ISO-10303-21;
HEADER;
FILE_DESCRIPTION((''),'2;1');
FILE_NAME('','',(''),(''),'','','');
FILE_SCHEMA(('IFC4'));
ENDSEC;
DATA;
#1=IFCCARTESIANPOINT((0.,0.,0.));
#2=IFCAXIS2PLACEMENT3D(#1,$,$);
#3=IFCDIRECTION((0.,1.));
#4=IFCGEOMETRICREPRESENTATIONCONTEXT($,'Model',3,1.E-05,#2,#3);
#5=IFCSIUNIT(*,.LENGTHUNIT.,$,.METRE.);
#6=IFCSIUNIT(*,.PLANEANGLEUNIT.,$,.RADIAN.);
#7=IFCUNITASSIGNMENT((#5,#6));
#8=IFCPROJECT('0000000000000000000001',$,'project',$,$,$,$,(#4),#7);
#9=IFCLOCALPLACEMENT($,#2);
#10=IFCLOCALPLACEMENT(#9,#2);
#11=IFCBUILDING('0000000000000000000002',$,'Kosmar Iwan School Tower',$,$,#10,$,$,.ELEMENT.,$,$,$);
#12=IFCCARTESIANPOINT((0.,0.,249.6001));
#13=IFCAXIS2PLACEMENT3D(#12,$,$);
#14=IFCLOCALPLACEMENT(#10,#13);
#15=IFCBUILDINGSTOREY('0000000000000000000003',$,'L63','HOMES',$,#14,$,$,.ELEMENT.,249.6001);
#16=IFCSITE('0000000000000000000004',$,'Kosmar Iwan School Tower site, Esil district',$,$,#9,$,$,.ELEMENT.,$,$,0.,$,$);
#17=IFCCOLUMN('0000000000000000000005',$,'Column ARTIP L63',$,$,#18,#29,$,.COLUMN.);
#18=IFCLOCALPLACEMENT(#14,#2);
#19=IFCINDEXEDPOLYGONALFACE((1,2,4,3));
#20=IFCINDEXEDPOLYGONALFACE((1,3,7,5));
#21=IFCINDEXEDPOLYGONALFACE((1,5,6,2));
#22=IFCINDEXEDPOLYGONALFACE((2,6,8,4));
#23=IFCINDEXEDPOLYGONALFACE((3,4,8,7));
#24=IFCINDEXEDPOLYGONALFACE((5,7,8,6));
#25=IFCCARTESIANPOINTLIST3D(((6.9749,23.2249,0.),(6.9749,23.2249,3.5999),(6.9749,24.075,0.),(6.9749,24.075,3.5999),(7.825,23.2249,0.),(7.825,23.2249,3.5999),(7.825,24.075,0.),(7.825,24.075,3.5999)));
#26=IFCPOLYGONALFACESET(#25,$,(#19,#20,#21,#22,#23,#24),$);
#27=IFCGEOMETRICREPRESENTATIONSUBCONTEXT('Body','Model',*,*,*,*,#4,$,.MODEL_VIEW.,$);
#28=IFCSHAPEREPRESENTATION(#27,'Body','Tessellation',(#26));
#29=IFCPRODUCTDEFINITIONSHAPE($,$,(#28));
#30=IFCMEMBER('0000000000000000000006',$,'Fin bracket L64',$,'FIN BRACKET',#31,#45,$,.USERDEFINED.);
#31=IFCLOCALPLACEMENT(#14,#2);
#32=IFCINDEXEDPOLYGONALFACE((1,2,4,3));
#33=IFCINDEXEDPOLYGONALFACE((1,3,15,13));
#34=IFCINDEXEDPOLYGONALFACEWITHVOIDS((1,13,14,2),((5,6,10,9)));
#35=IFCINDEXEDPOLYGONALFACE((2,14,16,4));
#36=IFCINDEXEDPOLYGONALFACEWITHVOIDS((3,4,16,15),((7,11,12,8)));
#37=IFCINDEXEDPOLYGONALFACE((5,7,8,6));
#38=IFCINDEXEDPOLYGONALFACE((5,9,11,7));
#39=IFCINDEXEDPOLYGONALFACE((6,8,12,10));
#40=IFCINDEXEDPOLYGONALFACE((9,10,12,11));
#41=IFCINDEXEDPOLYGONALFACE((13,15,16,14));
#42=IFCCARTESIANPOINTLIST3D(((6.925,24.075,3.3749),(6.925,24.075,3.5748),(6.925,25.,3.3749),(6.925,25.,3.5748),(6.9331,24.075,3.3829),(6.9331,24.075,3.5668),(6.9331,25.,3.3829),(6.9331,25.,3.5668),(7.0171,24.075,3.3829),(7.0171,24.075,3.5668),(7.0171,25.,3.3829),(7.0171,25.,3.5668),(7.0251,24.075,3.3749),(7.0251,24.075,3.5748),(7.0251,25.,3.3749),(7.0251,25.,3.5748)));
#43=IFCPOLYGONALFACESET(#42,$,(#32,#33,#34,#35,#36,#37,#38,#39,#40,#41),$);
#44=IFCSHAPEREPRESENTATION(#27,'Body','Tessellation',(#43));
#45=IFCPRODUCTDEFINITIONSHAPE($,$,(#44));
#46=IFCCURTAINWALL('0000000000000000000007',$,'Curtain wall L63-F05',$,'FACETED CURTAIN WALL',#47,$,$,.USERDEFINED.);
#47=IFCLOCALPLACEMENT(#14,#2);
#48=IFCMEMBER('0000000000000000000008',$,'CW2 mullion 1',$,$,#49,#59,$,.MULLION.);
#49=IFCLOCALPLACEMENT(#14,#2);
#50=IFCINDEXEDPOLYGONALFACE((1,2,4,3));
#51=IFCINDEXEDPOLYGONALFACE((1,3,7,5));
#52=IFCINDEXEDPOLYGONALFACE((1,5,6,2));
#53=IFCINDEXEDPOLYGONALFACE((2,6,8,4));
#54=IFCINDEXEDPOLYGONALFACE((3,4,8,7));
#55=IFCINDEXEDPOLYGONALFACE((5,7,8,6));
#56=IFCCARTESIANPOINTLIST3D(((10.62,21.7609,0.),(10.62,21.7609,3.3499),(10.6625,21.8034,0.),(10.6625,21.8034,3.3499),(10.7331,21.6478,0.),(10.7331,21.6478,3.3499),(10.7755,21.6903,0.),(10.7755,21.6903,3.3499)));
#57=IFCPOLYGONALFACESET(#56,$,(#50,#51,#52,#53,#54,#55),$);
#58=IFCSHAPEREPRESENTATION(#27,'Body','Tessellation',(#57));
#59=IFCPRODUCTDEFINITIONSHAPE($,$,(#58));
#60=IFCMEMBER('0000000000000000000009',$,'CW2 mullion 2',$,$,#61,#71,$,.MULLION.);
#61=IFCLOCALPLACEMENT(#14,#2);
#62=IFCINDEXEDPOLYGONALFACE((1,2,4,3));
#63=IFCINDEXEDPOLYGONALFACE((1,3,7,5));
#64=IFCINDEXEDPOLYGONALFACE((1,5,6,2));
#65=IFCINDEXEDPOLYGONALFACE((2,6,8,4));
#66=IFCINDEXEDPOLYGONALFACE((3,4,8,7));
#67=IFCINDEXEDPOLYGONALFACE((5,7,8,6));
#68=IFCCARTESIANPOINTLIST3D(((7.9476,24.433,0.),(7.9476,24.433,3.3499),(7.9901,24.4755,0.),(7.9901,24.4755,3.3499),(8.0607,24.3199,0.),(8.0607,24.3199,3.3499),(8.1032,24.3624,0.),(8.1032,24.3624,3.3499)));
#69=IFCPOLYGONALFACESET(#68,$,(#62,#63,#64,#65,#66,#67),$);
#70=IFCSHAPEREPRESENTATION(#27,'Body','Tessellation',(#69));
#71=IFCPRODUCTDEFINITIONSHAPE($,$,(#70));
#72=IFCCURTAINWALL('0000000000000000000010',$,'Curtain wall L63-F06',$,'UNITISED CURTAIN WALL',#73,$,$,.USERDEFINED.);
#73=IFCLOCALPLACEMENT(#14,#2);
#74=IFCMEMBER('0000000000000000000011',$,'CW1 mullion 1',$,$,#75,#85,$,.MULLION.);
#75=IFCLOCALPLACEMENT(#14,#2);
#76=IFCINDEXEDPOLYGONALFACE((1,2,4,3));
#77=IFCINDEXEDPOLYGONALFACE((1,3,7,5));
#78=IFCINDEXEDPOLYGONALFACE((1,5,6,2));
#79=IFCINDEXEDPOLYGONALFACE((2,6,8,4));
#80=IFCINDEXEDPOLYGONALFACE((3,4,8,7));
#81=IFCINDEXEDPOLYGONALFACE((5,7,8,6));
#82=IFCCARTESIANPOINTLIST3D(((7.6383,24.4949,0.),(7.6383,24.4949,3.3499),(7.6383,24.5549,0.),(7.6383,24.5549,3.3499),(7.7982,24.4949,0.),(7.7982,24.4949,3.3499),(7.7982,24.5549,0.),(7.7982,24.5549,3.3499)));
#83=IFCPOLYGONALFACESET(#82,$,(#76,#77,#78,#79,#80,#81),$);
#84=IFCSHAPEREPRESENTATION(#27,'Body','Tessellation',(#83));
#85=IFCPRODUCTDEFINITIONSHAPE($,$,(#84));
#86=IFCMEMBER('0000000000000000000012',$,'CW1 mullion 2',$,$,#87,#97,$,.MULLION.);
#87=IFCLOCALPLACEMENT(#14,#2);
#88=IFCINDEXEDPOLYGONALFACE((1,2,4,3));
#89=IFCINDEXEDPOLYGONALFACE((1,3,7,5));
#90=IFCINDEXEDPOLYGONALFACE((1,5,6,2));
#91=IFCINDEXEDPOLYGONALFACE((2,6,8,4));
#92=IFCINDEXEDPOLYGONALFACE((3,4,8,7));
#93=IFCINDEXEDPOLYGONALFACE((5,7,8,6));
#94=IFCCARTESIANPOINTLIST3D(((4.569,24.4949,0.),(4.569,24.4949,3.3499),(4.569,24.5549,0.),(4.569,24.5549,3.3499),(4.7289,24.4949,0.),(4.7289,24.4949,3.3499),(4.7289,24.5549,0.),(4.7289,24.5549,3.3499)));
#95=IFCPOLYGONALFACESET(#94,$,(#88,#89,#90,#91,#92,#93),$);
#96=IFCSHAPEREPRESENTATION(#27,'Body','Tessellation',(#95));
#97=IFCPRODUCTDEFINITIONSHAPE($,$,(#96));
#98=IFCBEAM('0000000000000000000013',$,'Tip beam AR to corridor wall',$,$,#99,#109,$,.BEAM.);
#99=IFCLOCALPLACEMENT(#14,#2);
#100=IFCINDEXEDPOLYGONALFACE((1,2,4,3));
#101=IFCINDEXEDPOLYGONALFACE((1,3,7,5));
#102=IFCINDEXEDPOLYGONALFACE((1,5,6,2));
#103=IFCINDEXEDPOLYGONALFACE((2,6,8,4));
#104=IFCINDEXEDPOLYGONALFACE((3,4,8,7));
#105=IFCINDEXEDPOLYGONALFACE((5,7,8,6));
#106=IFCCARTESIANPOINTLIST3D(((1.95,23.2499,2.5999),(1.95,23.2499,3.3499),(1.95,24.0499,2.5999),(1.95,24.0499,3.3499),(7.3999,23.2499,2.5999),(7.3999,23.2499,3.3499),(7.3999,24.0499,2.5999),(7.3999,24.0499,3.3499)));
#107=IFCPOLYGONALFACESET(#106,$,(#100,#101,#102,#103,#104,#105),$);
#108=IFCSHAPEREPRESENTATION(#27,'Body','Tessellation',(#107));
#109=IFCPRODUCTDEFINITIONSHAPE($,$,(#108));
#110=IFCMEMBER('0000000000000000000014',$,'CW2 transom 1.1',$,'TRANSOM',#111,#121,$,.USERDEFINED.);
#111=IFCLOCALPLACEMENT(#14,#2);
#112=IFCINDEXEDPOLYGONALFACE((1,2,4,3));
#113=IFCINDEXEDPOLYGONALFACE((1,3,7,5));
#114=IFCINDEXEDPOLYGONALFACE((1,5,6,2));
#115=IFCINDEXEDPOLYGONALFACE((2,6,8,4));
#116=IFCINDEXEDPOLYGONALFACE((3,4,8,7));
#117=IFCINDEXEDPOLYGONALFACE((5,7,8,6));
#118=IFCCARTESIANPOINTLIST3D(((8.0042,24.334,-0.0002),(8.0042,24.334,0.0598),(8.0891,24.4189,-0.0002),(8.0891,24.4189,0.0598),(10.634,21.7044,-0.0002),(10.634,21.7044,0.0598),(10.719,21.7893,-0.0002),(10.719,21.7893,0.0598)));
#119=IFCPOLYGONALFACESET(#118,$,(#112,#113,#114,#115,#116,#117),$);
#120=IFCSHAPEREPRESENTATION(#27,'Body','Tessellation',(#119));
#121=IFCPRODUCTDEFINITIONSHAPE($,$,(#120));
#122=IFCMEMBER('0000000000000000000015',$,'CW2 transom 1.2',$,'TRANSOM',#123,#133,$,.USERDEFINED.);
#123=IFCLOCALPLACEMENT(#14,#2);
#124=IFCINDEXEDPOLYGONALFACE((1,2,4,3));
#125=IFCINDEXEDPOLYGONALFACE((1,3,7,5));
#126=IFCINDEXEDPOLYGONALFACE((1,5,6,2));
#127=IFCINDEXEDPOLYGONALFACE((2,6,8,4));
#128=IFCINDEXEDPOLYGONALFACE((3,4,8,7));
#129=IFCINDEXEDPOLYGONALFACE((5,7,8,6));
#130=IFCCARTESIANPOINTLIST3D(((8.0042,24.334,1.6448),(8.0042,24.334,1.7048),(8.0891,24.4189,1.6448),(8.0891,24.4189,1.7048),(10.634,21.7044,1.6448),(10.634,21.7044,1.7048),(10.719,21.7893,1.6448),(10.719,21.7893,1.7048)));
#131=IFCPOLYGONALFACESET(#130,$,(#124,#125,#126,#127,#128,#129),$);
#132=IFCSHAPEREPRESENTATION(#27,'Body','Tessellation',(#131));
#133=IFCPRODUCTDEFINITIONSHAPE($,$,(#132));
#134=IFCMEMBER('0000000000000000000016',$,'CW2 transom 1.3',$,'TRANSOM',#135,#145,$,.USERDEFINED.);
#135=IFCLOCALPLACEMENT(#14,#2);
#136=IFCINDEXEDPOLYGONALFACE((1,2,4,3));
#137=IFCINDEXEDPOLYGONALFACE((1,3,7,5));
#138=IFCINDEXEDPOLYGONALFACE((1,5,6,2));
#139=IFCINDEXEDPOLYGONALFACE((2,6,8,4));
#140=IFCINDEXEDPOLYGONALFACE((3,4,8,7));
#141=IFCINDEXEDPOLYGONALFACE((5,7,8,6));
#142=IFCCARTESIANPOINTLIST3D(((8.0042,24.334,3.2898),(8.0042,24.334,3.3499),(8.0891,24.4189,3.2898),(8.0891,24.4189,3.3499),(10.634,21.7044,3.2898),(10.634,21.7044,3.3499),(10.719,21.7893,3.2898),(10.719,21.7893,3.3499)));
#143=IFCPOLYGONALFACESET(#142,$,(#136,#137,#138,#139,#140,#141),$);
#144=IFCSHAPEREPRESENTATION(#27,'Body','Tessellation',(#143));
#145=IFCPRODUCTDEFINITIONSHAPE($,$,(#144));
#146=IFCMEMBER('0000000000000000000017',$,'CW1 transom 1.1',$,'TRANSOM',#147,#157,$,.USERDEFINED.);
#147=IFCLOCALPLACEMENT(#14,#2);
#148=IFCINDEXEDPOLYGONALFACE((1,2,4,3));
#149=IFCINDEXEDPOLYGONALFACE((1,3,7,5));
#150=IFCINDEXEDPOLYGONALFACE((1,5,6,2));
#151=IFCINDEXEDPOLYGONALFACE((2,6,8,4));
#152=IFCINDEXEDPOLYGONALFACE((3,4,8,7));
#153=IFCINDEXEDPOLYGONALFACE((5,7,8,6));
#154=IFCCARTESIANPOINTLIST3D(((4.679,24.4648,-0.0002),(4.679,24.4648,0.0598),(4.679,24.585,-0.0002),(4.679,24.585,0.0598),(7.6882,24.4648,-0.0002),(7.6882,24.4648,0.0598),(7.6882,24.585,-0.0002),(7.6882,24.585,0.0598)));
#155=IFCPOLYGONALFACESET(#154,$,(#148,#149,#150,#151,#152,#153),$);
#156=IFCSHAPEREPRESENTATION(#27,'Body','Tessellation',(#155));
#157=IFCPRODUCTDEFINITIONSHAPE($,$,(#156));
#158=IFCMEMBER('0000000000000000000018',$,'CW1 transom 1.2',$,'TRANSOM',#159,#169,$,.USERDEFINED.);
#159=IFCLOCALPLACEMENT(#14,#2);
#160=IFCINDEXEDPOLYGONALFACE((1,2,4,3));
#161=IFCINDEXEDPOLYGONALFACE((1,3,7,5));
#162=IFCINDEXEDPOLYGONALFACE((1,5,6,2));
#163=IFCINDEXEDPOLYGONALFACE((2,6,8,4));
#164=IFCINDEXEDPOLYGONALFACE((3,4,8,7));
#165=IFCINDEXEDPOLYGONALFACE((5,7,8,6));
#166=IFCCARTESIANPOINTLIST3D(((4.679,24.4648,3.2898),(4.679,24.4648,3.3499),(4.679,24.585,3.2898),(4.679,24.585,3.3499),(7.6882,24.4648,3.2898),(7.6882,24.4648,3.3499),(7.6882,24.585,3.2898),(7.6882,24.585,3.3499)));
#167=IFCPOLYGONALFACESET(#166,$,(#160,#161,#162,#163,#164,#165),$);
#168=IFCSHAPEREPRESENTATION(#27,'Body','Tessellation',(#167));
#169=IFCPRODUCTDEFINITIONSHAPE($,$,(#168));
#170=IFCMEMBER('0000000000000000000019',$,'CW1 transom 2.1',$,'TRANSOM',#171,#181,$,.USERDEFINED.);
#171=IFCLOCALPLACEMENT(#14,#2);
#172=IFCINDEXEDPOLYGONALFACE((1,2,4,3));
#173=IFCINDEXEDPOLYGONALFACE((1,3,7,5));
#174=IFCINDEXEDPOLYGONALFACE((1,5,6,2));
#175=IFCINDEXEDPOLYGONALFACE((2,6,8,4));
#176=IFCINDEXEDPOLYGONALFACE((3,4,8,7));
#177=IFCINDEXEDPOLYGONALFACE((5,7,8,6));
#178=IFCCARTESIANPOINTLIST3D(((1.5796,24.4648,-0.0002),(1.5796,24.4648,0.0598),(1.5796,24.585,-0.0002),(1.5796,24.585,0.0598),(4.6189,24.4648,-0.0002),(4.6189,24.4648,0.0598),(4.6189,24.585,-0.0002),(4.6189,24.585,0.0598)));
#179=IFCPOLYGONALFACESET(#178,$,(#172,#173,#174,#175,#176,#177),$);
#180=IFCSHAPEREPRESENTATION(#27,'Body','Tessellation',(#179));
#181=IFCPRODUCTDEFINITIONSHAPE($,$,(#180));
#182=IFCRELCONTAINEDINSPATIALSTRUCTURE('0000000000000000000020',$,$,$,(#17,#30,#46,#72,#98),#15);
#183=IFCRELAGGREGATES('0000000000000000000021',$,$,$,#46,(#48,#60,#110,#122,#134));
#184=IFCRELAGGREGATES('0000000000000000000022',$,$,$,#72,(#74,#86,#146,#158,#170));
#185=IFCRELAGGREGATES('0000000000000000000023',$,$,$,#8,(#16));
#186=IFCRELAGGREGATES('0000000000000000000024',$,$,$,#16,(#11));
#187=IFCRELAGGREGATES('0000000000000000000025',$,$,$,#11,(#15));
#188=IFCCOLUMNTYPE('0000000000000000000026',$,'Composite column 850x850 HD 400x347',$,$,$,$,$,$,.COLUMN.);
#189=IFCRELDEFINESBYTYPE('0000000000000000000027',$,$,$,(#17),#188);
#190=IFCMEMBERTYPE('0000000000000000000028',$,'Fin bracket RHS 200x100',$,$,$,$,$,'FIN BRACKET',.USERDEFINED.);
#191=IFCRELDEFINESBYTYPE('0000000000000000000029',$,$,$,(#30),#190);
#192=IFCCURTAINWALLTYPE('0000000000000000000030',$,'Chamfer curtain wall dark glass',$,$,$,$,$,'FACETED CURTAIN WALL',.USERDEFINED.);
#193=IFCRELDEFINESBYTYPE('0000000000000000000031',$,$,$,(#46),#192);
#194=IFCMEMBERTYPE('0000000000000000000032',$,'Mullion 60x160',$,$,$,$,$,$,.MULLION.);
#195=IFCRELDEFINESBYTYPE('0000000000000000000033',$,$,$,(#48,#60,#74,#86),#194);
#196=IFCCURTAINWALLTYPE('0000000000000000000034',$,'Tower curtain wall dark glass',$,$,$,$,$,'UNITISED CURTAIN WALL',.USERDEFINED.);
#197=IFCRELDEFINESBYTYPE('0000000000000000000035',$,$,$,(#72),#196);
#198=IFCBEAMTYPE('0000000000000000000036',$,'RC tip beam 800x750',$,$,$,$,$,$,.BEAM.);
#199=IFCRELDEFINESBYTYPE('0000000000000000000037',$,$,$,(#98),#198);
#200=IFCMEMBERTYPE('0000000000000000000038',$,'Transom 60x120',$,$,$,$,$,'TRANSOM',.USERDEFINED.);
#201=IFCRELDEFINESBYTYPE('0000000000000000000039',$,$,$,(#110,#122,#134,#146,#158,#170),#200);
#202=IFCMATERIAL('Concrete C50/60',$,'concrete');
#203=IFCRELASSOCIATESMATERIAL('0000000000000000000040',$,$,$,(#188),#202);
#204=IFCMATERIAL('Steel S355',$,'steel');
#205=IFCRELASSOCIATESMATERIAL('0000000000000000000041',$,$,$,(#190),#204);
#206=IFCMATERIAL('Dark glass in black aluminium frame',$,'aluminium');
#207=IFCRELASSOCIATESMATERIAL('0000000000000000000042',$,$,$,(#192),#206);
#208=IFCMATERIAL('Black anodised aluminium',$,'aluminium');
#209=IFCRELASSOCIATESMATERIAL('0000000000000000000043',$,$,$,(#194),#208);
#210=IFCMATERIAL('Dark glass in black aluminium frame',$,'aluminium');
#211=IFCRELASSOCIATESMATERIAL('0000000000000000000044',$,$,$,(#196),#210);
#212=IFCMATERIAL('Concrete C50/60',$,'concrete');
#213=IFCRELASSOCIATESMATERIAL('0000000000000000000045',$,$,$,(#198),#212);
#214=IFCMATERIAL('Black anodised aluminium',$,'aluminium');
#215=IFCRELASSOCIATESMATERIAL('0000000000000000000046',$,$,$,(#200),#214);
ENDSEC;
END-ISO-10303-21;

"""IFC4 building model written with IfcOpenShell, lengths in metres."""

from ifc_helpers import new_model, si_unit, direction, frame, origin, origin_2d, place, context, subcontext, project, spatial, rectangle, hollow_rectangle, extrude, material, material_profile, profile_set, type_object, element, aggregate, save


model = new_model("IFC4")

# Units and contexts
model_context = context("Model", 3, precision=1e-05, world=origin(), true_north=direction((0.0, 1.0)))
body_context = subcontext(model_context, "Body", "Model", "MODEL_VIEW")
ifc_project = project(units=[si_unit("LENGTHUNIT", "METRE"), si_unit("PLANEANGLEUNIT", "RADIAN")], contexts=[model_context])

# Site, building, storey
site_placement = place(None, origin())
site = spatial("IfcSite", under=ifc_project, at=site_placement, Name="Kosmar Iwan School Tower site, Esil district", CompositionType="ELEMENT", RefElevation=0.0)
building_placement = place(site_placement, origin())
building = spatial("IfcBuilding", under=site, at=building_placement, Name="Kosmar Iwan School Tower", CompositionType="ELEMENT")
storey_placement = place(building_placement, frame((0.0, 0.0, 249.6001)))
storey = spatial("IfcBuildingStorey", under=building, at=storey_placement, Name="L63", Description="HOMES", CompositionType="ELEMENT", Elevation=249.6001)

# Column
ifc_material_1 = material(Name="Concrete C50/60", Category="concrete")
ifc_material_profile_1 = material_profile(ifc_material_1, rectangle(XDim=0.8501, YDim=0.8501, at=origin_2d()), Name="RC 850x850 + HD 400x347")
ifc_profile_set_1 = profile_set([ifc_material_profile_1], Name="Concrete C50/60")
column_type = type_object("IfcColumnType", Name="Composite column 850x850 HD 400x347", PredefinedType="COLUMN", material=ifc_profile_set_1)
column_placement = place(storey_placement, frame((7.3999, 23.6499, 0.0), z_axis=(0.0, 0.0, 1.0), x_axis=(0.0, 1.0, 0.0)))
element("IfcColumn", 1, at=column_placement, inside=storey, type_object=column_type, Name="Column ARTIP L63", PredefinedType="COLUMN", context=body_context, shape_type="SweptSolid", body=[
    extrude(rectangle(XDim=0.8501, YDim=0.8501, at=origin_2d()), origin(), (0.0, 0.0, 1.0), 3.5999),
])

# Member
ifc_material_2 = material(Name="Steel S355", Category="steel")
ifc_material_profile_2 = material_profile(ifc_material_2, hollow_rectangle(XDim=0.1001, YDim=0.2, WallThickness=0.0081, at=origin_2d()), Name="RHS 200x100x8")
ifc_profile_set_2 = profile_set([ifc_material_profile_2], Name="Steel S355")
member_type_1 = type_object("IfcMemberType", Name="Fin bracket RHS 200x100", ElementType="FIN BRACKET", PredefinedType="USERDEFINED", material=ifc_profile_set_2)
member_1_placement = place(storey_placement, frame((6.9751, 24.075, 3.4749), z_axis=(0.0, 1.0, 0.0), x_axis=(-1.0, 0.0, 0.0)))
element("IfcMember", 2, at=member_1_placement, inside=storey, type_object=member_type_1, Name="Fin bracket L64", ObjectType="FIN BRACKET", PredefinedType="USERDEFINED", context=body_context, shape_type="SweptSolid", body=[
    extrude(hollow_rectangle(XDim=0.1001, YDim=0.2, WallThickness=0.0081, at=origin_2d()), origin(), (0.0, 0.0, 1.0), 0.925),
])

# Curtain walls, members
ifc_material_3 = material(Name="Dark glass in black aluminium frame", Category="aluminium")
curtain_wall_type_1 = type_object("IfcCurtainWallType", Name="Chamfer curtain wall dark glass", ElementType="FACETED CURTAIN WALL", PredefinedType="USERDEFINED", material=ifc_material_3)
curtain_wall_1_placement = place(storey_placement, origin())
curtain_wall_1 = element("IfcCurtainWall", 3, at=curtain_wall_1_placement, inside=storey, type_object=curtain_wall_type_1, Name="Curtain wall L63-F05", ObjectType="FACETED CURTAIN WALL", PredefinedType="USERDEFINED")
ifc_material_4 = material(Name="Black anodised aluminium", Category="aluminium")
ifc_material_profile_3 = material_profile(ifc_material_4, rectangle(XDim=0.0601, YDim=0.1599, at=origin_2d()), Name="MULLION 60x160")
ifc_profile_set_3 = profile_set([ifc_material_profile_3], Name="Black anodised aluminium")
member_type_2 = type_object("IfcMemberType", Name="Mullion 60x160", PredefinedType="MULLION", material=ifc_profile_set_3)
member_2_placement = place(storey_placement, frame((10.6978, 21.7256, 0.0), z_axis=(0.0, 0.0, 1.0), x_axis=(-0.707107, -0.707107, 0.0)))
member_2 = element("IfcMember", 4, at=member_2_placement, type_object=member_type_2, Name="CW2 mullion 1", PredefinedType="MULLION", context=body_context, shape_type="SweptSolid", body=[
    extrude(rectangle(XDim=0.0601, YDim=0.1599, at=origin_2d()), origin(), (0.0, 0.0, 1.0), 3.3499),
])
member_3_placement = place(storey_placement, frame((8.0254, 24.3977, 0.0), z_axis=(0.0, 0.0, 1.0), x_axis=(-0.707107, -0.707107, 0.0)))
member_3 = element("IfcMember", 5, at=member_3_placement, type_object=member_type_2, Name="CW2 mullion 2", PredefinedType="MULLION", context=body_context, shape_type="SweptSolid", body=[
    extrude(rectangle(XDim=0.0601, YDim=0.1599, at=origin_2d()), origin(), (0.0, 0.0, 1.0), 3.3499),
])
ifc_material_5 = material(Name="Dark glass in black aluminium frame", Category="aluminium")
curtain_wall_type_2 = type_object("IfcCurtainWallType", Name="Tower curtain wall dark glass", ElementType="UNITISED CURTAIN WALL", PredefinedType="USERDEFINED", material=ifc_material_5)
curtain_wall_2_placement = place(storey_placement, origin())
curtain_wall_2 = element("IfcCurtainWall", 6, at=curtain_wall_2_placement, inside=storey, type_object=curtain_wall_type_2, Name="Curtain wall L63-F06", ObjectType="UNITISED CURTAIN WALL", PredefinedType="USERDEFINED")
member_4_placement = place(storey_placement, frame((7.7183, 24.5249, 0.0), z_axis=(0.0, 0.0, 1.0), x_axis=(0.0, -1.0, 0.0)))
member_4 = element("IfcMember", 7, at=member_4_placement, type_object=member_type_2, Name="CW1 mullion 1", PredefinedType="MULLION", context=body_context, shape_type="SweptSolid", body=[
    extrude(rectangle(XDim=0.0601, YDim=0.1599, at=origin_2d()), origin(), (0.0, 0.0, 1.0), 3.3499),
])
member_5_placement = place(storey_placement, frame((4.6489, 24.5249, 0.0), z_axis=(0.0, 0.0, 1.0), x_axis=(0.0, -1.0, 0.0)))
member_5 = element("IfcMember", 8, at=member_5_placement, type_object=member_type_2, Name="CW1 mullion 2", PredefinedType="MULLION", context=body_context, shape_type="SweptSolid", body=[
    extrude(rectangle(XDim=0.0601, YDim=0.1599, at=origin_2d()), origin(), (0.0, 0.0, 1.0), 3.3499),
])

# Beam
ifc_material_6 = material(Name="Concrete C50/60", Category="concrete")
ifc_material_profile_4 = material_profile(ifc_material_6, rectangle(XDim=0.8, YDim=0.75, at=origin_2d()), Name="RC 800x750")
ifc_profile_set_4 = profile_set([ifc_material_profile_4], Name="Concrete C50/60")
beam_type = type_object("IfcBeamType", Name="RC tip beam 800x750", PredefinedType="BEAM", material=ifc_profile_set_4)
beam_placement = place(storey_placement, frame((7.3999, 23.6499, 2.9749), z_axis=(-1.0, 0.0, 0.0), x_axis=(0.0, -1.0, 0.0)))
element("IfcBeam", 9, at=beam_placement, inside=storey, type_object=beam_type, Name="Tip beam AR to corridor wall", PredefinedType="BEAM", context=body_context, shape_type="SweptSolid", body=[
    extrude(rectangle(XDim=0.8, YDim=0.75, at=origin_2d()), origin(), (0.0, 0.0, 1.0), 5.45),
])

# Members
ifc_material_7 = material(Name="Black anodised aluminium", Category="aluminium")
ifc_material_profile_5 = material_profile(ifc_material_7, rectangle(XDim=0.1201, YDim=0.0601, at=origin_2d()), Name="TRANSOM 60x120")
ifc_profile_set_5 = profile_set([ifc_material_profile_5], Name="Black anodised aluminium")
member_type_3 = type_object("IfcMemberType", Name="Transom 60x120", ElementType="TRANSOM", PredefinedType="USERDEFINED", material=ifc_profile_set_5)
member_6_placement = place(storey_placement, frame((10.6765, 21.7468, 0.0298), z_axis=(-0.70714, 0.707074, 0.0), x_axis=(-0.707074, -0.70714, 0.0)))
member_6 = element("IfcMember", 10, at=member_6_placement, type_object=member_type_3, Name="CW2 transom 1.1", ObjectType="TRANSOM", PredefinedType="USERDEFINED", context=body_context, shape_type="SweptSolid", body=[
    extrude(rectangle(XDim=0.1201, YDim=0.0601, at=origin_2d()), origin(), (0.0, 0.0, 1.0), 3.719),
])
member_7_placement = place(storey_placement, frame((10.6765, 21.7468, 1.6748), z_axis=(-0.70714, 0.707074, 0.0), x_axis=(-0.707074, -0.70714, 0.0)))
member_7 = element("IfcMember", 11, at=member_7_placement, type_object=member_type_3, Name="CW2 transom 1.2", ObjectType="TRANSOM", PredefinedType="USERDEFINED", context=body_context, shape_type="SweptSolid", body=[
    extrude(rectangle(XDim=0.1201, YDim=0.0601, at=origin_2d()), origin(), (0.0, 0.0, 1.0), 3.719),
])
member_8_placement = place(storey_placement, frame((10.6765, 21.7468, 3.3198), z_axis=(-0.70714, 0.707074, 0.0), x_axis=(-0.707074, -0.70714, 0.0)))
member_8 = element("IfcMember", 12, at=member_8_placement, type_object=member_type_3, Name="CW2 transom 1.3", ObjectType="TRANSOM", PredefinedType="USERDEFINED", context=body_context, shape_type="SweptSolid", body=[
    extrude(rectangle(XDim=0.1201, YDim=0.0601, at=origin_2d()), origin(), (0.0, 0.0, 1.0), 3.719),
])
member_9_placement = place(storey_placement, frame((7.6882, 24.5249, 0.0298), z_axis=(-1.0, 0.0, 0.0), x_axis=(0.0, -1.0, 0.0)))
member_9 = element("IfcMember", 13, at=member_9_placement, type_object=member_type_3, Name="CW1 transom 1.1", ObjectType="TRANSOM", PredefinedType="USERDEFINED", context=body_context, shape_type="SweptSolid", body=[
    extrude(rectangle(XDim=0.1201, YDim=0.0601, at=origin_2d()), origin(), (0.0, 0.0, 1.0), 3.0093),
])
member_10_placement = place(storey_placement, frame((7.6882, 24.5249, 3.3198), z_axis=(-1.0, 0.0, 0.0), x_axis=(0.0, -1.0, 0.0)))
member_10 = element("IfcMember", 14, at=member_10_placement, type_object=member_type_3, Name="CW1 transom 1.2", ObjectType="TRANSOM", PredefinedType="USERDEFINED", context=body_context, shape_type="SweptSolid", body=[
    extrude(rectangle(XDim=0.1201, YDim=0.0601, at=origin_2d()), origin(), (0.0, 0.0, 1.0), 3.0093),
])
member_11_placement = place(storey_placement, frame((4.6189, 24.5249, 0.0298), z_axis=(-1.0, 0.0, 0.0), x_axis=(0.0, -1.0, 0.0)))
member_11 = element("IfcMember", 15, at=member_11_placement, type_object=member_type_3, Name="CW1 transom 2.1", ObjectType="TRANSOM", PredefinedType="USERDEFINED", context=body_context, shape_type="SweptSolid", body=[
    extrude(rectangle(XDim=0.1201, YDim=0.0601, at=origin_2d()), origin(), (0.0, 0.0, 1.0), 3.0393),
])

aggregate(curtain_wall_1, [member_2, member_3, member_6, member_7, member_8])
aggregate(curtain_wall_2, [member_4, member_5, member_9, member_10, member_11])

save(model, "model.ifc")
